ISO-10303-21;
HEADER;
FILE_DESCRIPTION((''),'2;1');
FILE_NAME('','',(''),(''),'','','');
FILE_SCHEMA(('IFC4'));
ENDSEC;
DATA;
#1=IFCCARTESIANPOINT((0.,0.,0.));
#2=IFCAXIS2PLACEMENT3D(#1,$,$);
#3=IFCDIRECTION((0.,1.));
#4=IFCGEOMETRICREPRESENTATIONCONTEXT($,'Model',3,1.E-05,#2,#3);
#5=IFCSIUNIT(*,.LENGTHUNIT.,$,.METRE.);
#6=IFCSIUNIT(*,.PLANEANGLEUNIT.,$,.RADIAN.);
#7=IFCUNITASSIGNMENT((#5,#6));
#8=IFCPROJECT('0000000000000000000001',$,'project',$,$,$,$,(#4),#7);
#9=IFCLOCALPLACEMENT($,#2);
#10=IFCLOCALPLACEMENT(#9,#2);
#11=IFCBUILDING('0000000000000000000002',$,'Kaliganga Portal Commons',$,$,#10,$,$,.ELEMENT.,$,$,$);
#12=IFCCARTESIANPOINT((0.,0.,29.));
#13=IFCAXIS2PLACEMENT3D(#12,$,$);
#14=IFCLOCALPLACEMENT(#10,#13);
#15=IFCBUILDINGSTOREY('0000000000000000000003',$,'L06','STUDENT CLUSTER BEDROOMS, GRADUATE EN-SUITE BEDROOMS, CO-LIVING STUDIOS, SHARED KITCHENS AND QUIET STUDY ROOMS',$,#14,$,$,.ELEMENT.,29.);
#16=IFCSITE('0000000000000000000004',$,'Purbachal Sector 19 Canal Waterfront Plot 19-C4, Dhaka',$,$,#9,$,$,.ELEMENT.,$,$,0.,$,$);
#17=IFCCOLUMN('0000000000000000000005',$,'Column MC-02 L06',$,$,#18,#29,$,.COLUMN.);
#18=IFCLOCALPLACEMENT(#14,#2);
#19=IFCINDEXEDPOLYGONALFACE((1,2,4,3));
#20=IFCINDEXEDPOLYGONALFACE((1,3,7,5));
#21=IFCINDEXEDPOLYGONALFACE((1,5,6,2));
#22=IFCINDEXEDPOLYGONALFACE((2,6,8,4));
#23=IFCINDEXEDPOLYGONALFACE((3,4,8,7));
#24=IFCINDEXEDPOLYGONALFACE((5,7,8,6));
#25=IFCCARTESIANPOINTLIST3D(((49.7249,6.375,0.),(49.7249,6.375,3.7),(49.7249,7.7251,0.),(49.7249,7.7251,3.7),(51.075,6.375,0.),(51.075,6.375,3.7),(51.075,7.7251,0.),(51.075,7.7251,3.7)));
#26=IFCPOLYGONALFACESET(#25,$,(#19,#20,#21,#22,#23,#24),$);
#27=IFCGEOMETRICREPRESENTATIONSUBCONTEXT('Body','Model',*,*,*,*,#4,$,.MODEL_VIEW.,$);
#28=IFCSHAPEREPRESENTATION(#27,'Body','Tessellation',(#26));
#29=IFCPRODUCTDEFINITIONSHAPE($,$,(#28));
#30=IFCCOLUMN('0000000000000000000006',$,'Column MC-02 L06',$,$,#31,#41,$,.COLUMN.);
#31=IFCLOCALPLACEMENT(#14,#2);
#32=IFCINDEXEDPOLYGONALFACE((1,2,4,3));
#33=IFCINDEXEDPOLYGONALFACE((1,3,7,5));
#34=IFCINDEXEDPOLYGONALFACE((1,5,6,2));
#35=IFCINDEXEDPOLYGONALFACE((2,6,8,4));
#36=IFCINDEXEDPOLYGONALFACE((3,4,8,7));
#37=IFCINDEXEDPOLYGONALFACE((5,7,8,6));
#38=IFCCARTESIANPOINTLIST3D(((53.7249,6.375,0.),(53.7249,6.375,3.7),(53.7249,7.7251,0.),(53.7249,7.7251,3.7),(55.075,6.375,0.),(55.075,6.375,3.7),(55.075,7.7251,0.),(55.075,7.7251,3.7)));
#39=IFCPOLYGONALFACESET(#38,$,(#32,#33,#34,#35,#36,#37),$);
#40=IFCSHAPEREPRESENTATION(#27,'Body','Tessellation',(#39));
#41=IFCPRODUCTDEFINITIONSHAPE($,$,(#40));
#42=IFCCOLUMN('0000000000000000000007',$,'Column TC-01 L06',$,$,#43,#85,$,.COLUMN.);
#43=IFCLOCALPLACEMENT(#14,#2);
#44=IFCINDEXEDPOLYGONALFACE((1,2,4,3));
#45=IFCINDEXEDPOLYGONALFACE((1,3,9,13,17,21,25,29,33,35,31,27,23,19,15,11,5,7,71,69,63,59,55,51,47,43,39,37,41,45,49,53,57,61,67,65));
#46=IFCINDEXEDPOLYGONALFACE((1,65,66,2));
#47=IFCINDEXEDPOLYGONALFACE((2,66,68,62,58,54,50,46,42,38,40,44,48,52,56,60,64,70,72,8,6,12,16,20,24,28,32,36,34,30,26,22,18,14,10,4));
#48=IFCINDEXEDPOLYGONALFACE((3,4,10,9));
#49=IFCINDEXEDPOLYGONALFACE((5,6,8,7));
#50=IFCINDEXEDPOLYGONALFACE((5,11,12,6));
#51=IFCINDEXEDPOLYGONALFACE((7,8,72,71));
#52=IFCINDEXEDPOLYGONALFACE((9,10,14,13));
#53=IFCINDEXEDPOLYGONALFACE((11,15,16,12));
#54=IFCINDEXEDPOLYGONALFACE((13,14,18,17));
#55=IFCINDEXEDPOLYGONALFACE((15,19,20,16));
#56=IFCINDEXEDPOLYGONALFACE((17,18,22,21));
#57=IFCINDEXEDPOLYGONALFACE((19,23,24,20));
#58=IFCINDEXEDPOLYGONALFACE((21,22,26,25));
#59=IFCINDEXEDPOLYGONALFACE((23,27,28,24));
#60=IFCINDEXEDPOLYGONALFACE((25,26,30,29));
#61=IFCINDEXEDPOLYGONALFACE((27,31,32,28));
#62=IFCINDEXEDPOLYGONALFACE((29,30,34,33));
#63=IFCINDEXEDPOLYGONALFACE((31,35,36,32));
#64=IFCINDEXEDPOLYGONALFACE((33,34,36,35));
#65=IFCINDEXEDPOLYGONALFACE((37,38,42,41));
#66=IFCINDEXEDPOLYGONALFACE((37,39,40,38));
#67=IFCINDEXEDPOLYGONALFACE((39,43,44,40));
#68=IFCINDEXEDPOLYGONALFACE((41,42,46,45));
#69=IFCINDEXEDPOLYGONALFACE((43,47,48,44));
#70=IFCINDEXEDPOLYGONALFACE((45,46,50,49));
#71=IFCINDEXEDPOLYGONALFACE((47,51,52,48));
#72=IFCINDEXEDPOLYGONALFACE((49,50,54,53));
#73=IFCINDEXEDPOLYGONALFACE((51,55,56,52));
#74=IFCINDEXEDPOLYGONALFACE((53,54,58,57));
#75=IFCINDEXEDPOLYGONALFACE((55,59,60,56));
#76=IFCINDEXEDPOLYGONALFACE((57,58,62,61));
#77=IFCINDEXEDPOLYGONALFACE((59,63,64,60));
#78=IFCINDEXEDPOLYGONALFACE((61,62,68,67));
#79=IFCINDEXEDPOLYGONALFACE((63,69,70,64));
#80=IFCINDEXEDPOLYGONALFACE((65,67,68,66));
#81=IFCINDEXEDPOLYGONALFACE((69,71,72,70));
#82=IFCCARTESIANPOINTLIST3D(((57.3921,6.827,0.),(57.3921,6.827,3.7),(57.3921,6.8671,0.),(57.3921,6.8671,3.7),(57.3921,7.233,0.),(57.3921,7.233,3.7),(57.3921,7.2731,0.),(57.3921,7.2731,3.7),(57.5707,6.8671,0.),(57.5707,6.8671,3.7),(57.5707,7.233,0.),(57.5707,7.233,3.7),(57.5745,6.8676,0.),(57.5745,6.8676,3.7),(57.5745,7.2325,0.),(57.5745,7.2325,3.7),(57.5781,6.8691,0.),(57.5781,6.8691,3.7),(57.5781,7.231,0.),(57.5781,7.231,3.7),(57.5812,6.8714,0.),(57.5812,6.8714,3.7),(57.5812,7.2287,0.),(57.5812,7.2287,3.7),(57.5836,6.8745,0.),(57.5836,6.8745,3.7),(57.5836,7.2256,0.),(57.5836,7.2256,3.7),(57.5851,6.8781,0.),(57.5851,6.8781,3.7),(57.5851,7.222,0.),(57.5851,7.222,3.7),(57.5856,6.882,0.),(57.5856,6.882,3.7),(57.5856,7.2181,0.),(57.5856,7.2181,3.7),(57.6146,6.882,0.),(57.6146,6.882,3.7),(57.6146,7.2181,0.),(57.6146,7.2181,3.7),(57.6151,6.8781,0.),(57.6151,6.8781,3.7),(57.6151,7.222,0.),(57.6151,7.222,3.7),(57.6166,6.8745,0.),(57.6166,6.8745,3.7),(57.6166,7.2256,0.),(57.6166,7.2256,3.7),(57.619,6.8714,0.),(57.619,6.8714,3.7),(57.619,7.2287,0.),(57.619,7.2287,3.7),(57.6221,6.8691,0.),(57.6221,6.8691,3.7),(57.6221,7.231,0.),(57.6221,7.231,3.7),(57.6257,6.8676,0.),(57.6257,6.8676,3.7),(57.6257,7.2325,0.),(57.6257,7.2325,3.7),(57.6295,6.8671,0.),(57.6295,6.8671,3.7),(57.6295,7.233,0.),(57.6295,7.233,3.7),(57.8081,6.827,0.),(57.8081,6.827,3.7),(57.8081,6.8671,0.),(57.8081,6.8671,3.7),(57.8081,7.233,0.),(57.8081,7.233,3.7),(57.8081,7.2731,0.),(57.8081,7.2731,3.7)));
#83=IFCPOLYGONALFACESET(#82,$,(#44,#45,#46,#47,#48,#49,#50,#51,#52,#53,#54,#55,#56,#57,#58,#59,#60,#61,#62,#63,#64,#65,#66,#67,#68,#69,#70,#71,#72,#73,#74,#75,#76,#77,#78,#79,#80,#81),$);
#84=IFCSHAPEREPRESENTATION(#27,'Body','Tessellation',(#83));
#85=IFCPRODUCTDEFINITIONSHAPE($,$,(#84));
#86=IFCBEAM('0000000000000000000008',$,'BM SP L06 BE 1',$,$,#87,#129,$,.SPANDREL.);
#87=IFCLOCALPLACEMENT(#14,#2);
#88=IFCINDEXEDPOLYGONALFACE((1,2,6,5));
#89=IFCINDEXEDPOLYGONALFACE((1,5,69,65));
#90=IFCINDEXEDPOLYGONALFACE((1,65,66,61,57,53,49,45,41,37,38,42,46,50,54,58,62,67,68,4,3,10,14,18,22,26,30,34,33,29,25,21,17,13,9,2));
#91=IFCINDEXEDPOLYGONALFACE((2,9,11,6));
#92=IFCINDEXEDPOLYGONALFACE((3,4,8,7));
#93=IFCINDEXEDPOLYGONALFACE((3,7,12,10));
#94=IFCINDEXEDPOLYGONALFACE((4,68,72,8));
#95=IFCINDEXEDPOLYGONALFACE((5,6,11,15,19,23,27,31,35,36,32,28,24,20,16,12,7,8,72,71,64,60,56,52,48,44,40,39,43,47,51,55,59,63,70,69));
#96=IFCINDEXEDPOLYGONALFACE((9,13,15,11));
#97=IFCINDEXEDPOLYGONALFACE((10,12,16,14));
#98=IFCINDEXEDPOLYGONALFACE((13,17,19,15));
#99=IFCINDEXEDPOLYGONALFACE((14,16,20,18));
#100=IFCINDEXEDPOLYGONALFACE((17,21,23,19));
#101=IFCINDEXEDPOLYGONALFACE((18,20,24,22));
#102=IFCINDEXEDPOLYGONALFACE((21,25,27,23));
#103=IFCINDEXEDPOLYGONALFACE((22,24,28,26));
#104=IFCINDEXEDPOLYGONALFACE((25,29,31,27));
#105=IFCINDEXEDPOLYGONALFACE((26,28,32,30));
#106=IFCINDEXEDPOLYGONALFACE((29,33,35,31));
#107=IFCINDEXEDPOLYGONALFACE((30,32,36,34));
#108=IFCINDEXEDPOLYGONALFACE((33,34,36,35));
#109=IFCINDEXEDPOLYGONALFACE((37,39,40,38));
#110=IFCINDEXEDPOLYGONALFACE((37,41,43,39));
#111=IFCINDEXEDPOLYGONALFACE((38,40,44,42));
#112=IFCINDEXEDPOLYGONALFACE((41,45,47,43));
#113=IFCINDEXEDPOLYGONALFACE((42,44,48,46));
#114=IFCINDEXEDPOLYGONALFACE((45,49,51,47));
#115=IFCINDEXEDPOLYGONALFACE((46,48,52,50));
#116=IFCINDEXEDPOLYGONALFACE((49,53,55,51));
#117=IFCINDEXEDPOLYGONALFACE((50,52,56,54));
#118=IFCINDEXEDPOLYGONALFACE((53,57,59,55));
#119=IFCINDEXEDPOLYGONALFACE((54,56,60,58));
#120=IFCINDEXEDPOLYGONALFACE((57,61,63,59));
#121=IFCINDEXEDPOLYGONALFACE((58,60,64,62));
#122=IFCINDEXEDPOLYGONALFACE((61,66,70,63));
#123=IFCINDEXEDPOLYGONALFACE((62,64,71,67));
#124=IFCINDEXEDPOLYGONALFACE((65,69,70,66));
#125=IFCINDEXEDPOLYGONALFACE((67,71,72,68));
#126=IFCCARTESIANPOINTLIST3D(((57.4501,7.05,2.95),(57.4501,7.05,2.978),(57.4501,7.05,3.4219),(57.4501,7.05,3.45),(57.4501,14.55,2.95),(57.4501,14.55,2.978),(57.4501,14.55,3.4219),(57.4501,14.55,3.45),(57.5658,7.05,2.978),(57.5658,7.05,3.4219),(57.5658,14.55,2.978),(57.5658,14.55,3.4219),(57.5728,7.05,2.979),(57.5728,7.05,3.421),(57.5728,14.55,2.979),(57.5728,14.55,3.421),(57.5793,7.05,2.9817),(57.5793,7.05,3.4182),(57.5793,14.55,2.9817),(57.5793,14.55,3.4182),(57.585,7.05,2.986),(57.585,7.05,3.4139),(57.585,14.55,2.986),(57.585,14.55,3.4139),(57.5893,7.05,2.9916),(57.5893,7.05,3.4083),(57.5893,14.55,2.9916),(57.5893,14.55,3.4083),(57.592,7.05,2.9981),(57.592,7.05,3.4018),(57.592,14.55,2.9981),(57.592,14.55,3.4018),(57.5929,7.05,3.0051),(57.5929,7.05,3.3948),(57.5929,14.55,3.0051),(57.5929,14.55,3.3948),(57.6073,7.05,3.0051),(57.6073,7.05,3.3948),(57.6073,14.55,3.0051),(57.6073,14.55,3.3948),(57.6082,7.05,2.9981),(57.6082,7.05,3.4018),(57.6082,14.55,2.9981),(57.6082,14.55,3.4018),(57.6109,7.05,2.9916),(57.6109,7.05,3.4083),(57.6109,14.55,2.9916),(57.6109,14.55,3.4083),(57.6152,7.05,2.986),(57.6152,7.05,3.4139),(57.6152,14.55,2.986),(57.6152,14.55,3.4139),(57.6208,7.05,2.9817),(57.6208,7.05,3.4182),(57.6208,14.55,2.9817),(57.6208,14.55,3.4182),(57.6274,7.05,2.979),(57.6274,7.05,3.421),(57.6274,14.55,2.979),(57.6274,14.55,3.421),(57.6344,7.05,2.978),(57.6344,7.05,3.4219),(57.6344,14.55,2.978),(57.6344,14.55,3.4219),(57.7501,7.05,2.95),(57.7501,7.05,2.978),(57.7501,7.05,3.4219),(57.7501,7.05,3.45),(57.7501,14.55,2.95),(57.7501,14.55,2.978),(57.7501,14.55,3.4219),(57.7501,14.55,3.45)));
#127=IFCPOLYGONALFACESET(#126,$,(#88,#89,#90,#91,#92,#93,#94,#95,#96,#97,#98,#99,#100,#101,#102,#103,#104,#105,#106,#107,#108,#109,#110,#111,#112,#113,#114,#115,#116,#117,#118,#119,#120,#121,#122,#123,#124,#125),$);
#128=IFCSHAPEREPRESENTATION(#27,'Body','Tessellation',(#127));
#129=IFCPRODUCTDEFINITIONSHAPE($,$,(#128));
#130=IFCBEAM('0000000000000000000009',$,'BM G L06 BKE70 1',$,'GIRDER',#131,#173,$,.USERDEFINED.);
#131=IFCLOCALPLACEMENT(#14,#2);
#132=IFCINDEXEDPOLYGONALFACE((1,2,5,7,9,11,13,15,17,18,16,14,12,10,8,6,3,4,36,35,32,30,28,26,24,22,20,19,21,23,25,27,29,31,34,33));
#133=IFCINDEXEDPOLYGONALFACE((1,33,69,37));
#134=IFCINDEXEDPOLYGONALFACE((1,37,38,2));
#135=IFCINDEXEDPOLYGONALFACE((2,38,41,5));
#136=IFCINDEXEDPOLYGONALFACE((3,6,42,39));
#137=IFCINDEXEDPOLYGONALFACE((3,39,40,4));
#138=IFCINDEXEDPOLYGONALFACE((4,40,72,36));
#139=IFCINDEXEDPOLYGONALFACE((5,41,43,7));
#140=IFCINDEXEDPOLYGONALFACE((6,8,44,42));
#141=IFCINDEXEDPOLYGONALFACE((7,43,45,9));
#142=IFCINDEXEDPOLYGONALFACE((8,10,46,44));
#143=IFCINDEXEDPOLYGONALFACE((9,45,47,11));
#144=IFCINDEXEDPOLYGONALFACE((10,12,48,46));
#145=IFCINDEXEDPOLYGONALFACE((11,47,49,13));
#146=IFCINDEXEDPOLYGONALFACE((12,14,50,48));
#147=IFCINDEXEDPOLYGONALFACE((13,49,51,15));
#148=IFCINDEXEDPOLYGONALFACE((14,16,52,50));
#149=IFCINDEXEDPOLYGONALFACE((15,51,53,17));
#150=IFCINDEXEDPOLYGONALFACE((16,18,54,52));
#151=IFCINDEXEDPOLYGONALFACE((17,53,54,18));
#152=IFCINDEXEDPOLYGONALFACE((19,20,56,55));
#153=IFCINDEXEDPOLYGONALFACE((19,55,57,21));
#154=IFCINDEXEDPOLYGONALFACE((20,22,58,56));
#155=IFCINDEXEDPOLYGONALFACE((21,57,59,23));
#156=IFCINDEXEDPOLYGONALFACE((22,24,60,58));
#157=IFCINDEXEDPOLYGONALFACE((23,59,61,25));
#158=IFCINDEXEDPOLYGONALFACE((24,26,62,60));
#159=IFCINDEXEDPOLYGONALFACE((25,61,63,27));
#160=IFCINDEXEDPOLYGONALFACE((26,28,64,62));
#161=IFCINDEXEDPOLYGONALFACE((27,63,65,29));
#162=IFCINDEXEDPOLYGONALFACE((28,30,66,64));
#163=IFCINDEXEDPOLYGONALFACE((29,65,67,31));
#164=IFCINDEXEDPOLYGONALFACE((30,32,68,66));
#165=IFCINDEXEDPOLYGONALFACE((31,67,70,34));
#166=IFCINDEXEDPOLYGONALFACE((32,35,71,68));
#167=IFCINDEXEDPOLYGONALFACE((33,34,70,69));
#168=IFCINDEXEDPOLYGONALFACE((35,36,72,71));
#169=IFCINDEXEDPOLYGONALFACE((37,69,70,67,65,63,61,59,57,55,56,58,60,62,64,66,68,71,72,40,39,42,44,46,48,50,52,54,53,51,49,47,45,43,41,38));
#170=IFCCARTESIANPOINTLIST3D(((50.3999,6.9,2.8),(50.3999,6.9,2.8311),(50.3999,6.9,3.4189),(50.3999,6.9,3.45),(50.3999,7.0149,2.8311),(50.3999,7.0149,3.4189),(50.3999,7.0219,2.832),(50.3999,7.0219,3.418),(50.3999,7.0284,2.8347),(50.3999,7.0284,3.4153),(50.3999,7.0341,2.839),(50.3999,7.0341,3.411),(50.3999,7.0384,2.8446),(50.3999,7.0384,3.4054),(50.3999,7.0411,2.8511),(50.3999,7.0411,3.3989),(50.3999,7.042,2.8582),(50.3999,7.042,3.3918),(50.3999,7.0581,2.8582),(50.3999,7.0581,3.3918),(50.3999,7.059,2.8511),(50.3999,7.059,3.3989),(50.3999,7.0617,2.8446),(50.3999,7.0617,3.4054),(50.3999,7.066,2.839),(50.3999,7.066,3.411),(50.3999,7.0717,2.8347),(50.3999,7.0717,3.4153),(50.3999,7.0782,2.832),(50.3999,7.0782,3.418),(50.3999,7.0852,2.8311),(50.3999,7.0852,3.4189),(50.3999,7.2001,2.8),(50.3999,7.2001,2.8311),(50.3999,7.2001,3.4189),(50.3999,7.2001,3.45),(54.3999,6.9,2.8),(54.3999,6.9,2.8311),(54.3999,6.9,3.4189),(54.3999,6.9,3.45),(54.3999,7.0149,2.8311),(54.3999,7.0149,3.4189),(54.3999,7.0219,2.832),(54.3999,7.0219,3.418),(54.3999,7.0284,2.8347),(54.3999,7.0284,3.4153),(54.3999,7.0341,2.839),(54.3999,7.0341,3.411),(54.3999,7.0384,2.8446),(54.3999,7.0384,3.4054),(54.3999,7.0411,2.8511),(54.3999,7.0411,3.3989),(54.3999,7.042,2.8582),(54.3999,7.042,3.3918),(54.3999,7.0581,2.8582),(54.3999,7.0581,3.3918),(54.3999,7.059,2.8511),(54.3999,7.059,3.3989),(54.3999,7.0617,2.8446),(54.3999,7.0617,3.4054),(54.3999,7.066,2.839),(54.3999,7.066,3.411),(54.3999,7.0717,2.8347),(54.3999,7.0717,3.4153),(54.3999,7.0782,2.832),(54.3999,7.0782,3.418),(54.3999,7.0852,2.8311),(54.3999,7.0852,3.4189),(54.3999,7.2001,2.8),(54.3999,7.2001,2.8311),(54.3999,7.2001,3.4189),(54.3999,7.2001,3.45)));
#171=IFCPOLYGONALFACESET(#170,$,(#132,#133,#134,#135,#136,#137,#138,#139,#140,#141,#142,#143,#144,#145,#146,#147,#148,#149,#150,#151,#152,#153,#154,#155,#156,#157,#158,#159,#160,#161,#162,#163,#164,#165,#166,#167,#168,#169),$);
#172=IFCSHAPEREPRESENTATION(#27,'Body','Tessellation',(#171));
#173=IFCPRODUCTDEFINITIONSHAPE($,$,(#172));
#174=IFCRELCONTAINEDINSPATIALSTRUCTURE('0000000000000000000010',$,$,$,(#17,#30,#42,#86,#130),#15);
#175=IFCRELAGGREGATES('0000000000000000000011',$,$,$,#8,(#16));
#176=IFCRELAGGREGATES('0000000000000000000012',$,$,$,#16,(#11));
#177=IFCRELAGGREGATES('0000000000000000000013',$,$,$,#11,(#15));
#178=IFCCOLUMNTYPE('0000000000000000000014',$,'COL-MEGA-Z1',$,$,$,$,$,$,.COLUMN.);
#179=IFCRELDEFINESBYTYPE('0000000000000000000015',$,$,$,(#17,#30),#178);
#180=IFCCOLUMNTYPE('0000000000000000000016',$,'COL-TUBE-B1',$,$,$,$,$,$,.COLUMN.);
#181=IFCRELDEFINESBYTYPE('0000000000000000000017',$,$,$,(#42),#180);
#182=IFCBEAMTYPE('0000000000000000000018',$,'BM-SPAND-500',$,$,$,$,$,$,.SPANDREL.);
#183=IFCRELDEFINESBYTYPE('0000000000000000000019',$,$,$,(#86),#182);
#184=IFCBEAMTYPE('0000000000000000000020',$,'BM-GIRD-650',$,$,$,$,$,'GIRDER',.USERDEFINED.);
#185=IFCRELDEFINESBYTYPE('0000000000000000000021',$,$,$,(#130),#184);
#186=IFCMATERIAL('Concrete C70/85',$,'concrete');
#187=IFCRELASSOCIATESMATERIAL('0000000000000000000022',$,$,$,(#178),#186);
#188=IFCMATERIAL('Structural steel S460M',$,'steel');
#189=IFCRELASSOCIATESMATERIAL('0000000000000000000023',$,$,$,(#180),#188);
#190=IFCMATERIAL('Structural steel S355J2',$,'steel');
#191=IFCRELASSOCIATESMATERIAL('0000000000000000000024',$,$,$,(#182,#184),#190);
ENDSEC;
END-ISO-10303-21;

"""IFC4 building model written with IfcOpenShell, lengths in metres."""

from ifc_helpers import new_model, si_unit, direction, frame, origin, origin_2d, place, context, subcontext, project, spatial, rectangle, i_section, extrude, source, transform, mapped, material, material_profile, profile_set, type_object, element, save


model = new_model("IFC4")

# Units and contexts
model_context = context("Model", 3, precision=1e-05, world=origin(), true_north=direction((0.0, 1.0)))
body_context = subcontext(model_context, "Body", "Model", "MODEL_VIEW")
ifc_project = project(units=[si_unit("LENGTHUNIT", "METRE"), si_unit("PLANEANGLEUNIT", "RADIAN")], contexts=[model_context])

# Site, building, storey
site_placement = place(None, origin())
site = spatial("IfcSite", under=ifc_project, at=site_placement, Name="Purbachal Sector 19 Canal Waterfront Plot 19-C4, Dhaka", CompositionType="ELEMENT", RefElevation=0.0)
building_placement = place(site_placement, origin())
building = spatial("IfcBuilding", under=site, at=building_placement, Name="Kaliganga Portal Commons", CompositionType="ELEMENT")
storey_placement = place(building_placement, frame((0.0, 0.0, 29.0)))
storey = spatial("IfcBuildingStorey", under=building, at=storey_placement, Name="L06", Description="STUDENT CLUSTER BEDROOMS, GRADUATE EN-SUITE BEDROOMS, CO-LIVING STUDIOS, SHARED KITCHENS AND QUIET STUDY ROOMS", CompositionType="ELEMENT", Elevation=29.0)

# Columns
ifc_material_1 = material(Name="Concrete C70/85", Category="concrete")
ifc_material_profile_1 = material_profile(ifc_material_1, rectangle(XDim=1.3501, YDim=1.3501, at=origin_2d()), Name="RC 1350x1350")
ifc_profile_set_1 = profile_set([ifc_material_profile_1], Name="Concrete C70/85")
column_type_1 = type_object("IfcColumnType", Name="COL-MEGA-Z1", PredefinedType="COLUMN", material=ifc_profile_set_1)
shared_shape_1 = source(origin(), body_context, "Body", "SweptSolid", [
    extrude(rectangle(XDim=1.3501, YDim=1.3501, at=origin_2d()), origin(), (0.0, 0.0, 1.0), 3.7),
])
for number, where, z_axis, x_axis, name in (
    (1, (50.3999, 7.05, 0.0), (0.0, 0.0, 1.0), (1.0, 0.0, 0.0), "Column MC-02 L06"),
    (2, (54.3999, 7.05, 0.0), (0.0, 0.0, 1.0), (1.0, 0.0, 0.0), "Column MC-02 L06"),
):
    element("IfcColumn", number, at=place(storey_placement, frame(where, z_axis=z_axis, x_axis=x_axis)), inside=storey, type_object=column_type_1, Name=name, PredefinedType="COLUMN", context=body_context, shape_type="MappedRepresentation", body=[
        mapped(shared_shape_1, transform((0.0, 0.0, 0.0), x_axis=(1.0, 0.0, 0.0), y_axis=(0.0, 1.0, 0.0), z_axis=(0.0, 0.0, 1.0), scale=1.0)),
    ])
ifc_material_2 = material(Name="Structural steel S460M", Category="steel")
ifc_material_profile_2 = material_profile(ifc_material_2, i_section(OverallWidth=0.416, OverallDepth=0.446, WebThickness=0.0291, FlangeThickness=0.04, FilletRadius=0.0149, at=origin_2d()), Name="HD 400x509")
ifc_profile_set_2 = profile_set([ifc_material_profile_2], Name="Structural steel S460M wide-flange")
column_type_2 = type_object("IfcColumnType", Name="COL-TUBE-B1", PredefinedType="COLUMN", material=ifc_profile_set_2)
shared_shape_2 = source(origin(), body_context, "Body", "SweptSolid", [
    extrude(i_section(OverallWidth=0.416, OverallDepth=0.446, WebThickness=0.0291, FlangeThickness=0.04, FilletRadius=0.0149, at=origin_2d()), origin(), (0.0, 0.0, 1.0), 3.7),
])
column_placement = place(storey_placement, frame((57.6001, 7.05, 0.0), z_axis=(0.0, 0.0, 1.0), x_axis=(1.0, 0.0, 0.0)))
element("IfcColumn", 3, at=column_placement, inside=storey, type_object=column_type_2, Name="Column TC-01 L06", PredefinedType="COLUMN", context=body_context, shape_type="MappedRepresentation", body=[
    mapped(shared_shape_2, transform((0.0, 0.0, 0.0), x_axis=(1.0, 0.0, 0.0), y_axis=(0.0, 1.0, 0.0), z_axis=(0.0, 0.0, 1.0), scale=1.0)),
])

# Beams
ifc_material_3 = material(Name="Structural steel S355J2", Category="steel")
ifc_material_profile_3 = material_profile(ifc_material_3, i_section(OverallWidth=0.3, OverallDepth=0.5, WebThickness=0.0144, FlangeThickness=0.0281, FilletRadius=0.0271, at=origin_2d()), Name="HE 500 B")
ifc_profile_set_3 = profile_set([ifc_material_profile_3], Name="Structural steel S355J2 wide-flange")
beam_type_1 = type_object("IfcBeamType", Name="BM-SPAND-500", PredefinedType="SPANDREL", material=ifc_profile_set_3)
shared_shape_3 = source(origin(), body_context, "Body", "SweptSolid", [
    extrude(i_section(OverallWidth=0.3, OverallDepth=0.5, WebThickness=0.0144, FlangeThickness=0.0281, FilletRadius=0.0271, at=origin_2d()), origin(), (0.0, 0.0, 1.0), 7.5),
])
beam_1_placement = place(storey_placement, frame((57.6001, 7.05, 3.2), z_axis=(0.0, 1.0, 0.0), x_axis=(-1.0, 0.0, 0.0)))
element("IfcBeam", 4, at=beam_1_placement, inside=storey, type_object=beam_type_1, Name="BM SP L06 BE 1", PredefinedType="SPANDREL", context=body_context, shape_type="MappedRepresentation", body=[
    mapped(shared_shape_3, transform((0.0, 0.0, 0.0), x_axis=(1.0, 0.0, 0.0), y_axis=(0.0, 1.0, 0.0), z_axis=(0.0, 0.0, 1.0), scale=1.0)),
])
ifc_material_profile_4 = material_profile(ifc_material_3, i_section(OverallWidth=0.3, OverallDepth=0.6499, WebThickness=0.0161, FlangeThickness=0.031, FilletRadius=0.0271, at=origin_2d()), Name="HE 650 B")
ifc_profile_set_4 = profile_set([ifc_material_profile_4], Name="Structural steel S355J2 wide-flange")
beam_type_2 = type_object("IfcBeamType", Name="BM-GIRD-650", ElementType="GIRDER", PredefinedType="USERDEFINED", material=ifc_profile_set_4)
shared_shape_4 = source(origin(), body_context, "Body", "SweptSolid", [
    extrude(i_section(OverallWidth=0.3, OverallDepth=0.6499, WebThickness=0.0161, FlangeThickness=0.031, FilletRadius=0.0271, at=origin_2d()), origin(), (0.0, 0.0, 1.0), 4.0),
])
beam_2_placement = place(storey_placement, frame((50.3999, 7.05, 3.125), z_axis=(1.0, 0.0, 0.0), x_axis=(0.0, 1.0, 0.0)))
element("IfcBeam", 5, at=beam_2_placement, inside=storey, type_object=beam_type_2, Name="BM G L06 BKE70 1", ObjectType="GIRDER", PredefinedType="USERDEFINED", context=body_context, shape_type="MappedRepresentation", body=[
    mapped(shared_shape_4, transform((0.0, 0.0, 0.0), x_axis=(1.0, 0.0, 0.0), y_axis=(0.0, 1.0, 0.0), z_axis=(0.0, 0.0, 1.0), scale=1.0)),
])

save(model, "model.ifc")
